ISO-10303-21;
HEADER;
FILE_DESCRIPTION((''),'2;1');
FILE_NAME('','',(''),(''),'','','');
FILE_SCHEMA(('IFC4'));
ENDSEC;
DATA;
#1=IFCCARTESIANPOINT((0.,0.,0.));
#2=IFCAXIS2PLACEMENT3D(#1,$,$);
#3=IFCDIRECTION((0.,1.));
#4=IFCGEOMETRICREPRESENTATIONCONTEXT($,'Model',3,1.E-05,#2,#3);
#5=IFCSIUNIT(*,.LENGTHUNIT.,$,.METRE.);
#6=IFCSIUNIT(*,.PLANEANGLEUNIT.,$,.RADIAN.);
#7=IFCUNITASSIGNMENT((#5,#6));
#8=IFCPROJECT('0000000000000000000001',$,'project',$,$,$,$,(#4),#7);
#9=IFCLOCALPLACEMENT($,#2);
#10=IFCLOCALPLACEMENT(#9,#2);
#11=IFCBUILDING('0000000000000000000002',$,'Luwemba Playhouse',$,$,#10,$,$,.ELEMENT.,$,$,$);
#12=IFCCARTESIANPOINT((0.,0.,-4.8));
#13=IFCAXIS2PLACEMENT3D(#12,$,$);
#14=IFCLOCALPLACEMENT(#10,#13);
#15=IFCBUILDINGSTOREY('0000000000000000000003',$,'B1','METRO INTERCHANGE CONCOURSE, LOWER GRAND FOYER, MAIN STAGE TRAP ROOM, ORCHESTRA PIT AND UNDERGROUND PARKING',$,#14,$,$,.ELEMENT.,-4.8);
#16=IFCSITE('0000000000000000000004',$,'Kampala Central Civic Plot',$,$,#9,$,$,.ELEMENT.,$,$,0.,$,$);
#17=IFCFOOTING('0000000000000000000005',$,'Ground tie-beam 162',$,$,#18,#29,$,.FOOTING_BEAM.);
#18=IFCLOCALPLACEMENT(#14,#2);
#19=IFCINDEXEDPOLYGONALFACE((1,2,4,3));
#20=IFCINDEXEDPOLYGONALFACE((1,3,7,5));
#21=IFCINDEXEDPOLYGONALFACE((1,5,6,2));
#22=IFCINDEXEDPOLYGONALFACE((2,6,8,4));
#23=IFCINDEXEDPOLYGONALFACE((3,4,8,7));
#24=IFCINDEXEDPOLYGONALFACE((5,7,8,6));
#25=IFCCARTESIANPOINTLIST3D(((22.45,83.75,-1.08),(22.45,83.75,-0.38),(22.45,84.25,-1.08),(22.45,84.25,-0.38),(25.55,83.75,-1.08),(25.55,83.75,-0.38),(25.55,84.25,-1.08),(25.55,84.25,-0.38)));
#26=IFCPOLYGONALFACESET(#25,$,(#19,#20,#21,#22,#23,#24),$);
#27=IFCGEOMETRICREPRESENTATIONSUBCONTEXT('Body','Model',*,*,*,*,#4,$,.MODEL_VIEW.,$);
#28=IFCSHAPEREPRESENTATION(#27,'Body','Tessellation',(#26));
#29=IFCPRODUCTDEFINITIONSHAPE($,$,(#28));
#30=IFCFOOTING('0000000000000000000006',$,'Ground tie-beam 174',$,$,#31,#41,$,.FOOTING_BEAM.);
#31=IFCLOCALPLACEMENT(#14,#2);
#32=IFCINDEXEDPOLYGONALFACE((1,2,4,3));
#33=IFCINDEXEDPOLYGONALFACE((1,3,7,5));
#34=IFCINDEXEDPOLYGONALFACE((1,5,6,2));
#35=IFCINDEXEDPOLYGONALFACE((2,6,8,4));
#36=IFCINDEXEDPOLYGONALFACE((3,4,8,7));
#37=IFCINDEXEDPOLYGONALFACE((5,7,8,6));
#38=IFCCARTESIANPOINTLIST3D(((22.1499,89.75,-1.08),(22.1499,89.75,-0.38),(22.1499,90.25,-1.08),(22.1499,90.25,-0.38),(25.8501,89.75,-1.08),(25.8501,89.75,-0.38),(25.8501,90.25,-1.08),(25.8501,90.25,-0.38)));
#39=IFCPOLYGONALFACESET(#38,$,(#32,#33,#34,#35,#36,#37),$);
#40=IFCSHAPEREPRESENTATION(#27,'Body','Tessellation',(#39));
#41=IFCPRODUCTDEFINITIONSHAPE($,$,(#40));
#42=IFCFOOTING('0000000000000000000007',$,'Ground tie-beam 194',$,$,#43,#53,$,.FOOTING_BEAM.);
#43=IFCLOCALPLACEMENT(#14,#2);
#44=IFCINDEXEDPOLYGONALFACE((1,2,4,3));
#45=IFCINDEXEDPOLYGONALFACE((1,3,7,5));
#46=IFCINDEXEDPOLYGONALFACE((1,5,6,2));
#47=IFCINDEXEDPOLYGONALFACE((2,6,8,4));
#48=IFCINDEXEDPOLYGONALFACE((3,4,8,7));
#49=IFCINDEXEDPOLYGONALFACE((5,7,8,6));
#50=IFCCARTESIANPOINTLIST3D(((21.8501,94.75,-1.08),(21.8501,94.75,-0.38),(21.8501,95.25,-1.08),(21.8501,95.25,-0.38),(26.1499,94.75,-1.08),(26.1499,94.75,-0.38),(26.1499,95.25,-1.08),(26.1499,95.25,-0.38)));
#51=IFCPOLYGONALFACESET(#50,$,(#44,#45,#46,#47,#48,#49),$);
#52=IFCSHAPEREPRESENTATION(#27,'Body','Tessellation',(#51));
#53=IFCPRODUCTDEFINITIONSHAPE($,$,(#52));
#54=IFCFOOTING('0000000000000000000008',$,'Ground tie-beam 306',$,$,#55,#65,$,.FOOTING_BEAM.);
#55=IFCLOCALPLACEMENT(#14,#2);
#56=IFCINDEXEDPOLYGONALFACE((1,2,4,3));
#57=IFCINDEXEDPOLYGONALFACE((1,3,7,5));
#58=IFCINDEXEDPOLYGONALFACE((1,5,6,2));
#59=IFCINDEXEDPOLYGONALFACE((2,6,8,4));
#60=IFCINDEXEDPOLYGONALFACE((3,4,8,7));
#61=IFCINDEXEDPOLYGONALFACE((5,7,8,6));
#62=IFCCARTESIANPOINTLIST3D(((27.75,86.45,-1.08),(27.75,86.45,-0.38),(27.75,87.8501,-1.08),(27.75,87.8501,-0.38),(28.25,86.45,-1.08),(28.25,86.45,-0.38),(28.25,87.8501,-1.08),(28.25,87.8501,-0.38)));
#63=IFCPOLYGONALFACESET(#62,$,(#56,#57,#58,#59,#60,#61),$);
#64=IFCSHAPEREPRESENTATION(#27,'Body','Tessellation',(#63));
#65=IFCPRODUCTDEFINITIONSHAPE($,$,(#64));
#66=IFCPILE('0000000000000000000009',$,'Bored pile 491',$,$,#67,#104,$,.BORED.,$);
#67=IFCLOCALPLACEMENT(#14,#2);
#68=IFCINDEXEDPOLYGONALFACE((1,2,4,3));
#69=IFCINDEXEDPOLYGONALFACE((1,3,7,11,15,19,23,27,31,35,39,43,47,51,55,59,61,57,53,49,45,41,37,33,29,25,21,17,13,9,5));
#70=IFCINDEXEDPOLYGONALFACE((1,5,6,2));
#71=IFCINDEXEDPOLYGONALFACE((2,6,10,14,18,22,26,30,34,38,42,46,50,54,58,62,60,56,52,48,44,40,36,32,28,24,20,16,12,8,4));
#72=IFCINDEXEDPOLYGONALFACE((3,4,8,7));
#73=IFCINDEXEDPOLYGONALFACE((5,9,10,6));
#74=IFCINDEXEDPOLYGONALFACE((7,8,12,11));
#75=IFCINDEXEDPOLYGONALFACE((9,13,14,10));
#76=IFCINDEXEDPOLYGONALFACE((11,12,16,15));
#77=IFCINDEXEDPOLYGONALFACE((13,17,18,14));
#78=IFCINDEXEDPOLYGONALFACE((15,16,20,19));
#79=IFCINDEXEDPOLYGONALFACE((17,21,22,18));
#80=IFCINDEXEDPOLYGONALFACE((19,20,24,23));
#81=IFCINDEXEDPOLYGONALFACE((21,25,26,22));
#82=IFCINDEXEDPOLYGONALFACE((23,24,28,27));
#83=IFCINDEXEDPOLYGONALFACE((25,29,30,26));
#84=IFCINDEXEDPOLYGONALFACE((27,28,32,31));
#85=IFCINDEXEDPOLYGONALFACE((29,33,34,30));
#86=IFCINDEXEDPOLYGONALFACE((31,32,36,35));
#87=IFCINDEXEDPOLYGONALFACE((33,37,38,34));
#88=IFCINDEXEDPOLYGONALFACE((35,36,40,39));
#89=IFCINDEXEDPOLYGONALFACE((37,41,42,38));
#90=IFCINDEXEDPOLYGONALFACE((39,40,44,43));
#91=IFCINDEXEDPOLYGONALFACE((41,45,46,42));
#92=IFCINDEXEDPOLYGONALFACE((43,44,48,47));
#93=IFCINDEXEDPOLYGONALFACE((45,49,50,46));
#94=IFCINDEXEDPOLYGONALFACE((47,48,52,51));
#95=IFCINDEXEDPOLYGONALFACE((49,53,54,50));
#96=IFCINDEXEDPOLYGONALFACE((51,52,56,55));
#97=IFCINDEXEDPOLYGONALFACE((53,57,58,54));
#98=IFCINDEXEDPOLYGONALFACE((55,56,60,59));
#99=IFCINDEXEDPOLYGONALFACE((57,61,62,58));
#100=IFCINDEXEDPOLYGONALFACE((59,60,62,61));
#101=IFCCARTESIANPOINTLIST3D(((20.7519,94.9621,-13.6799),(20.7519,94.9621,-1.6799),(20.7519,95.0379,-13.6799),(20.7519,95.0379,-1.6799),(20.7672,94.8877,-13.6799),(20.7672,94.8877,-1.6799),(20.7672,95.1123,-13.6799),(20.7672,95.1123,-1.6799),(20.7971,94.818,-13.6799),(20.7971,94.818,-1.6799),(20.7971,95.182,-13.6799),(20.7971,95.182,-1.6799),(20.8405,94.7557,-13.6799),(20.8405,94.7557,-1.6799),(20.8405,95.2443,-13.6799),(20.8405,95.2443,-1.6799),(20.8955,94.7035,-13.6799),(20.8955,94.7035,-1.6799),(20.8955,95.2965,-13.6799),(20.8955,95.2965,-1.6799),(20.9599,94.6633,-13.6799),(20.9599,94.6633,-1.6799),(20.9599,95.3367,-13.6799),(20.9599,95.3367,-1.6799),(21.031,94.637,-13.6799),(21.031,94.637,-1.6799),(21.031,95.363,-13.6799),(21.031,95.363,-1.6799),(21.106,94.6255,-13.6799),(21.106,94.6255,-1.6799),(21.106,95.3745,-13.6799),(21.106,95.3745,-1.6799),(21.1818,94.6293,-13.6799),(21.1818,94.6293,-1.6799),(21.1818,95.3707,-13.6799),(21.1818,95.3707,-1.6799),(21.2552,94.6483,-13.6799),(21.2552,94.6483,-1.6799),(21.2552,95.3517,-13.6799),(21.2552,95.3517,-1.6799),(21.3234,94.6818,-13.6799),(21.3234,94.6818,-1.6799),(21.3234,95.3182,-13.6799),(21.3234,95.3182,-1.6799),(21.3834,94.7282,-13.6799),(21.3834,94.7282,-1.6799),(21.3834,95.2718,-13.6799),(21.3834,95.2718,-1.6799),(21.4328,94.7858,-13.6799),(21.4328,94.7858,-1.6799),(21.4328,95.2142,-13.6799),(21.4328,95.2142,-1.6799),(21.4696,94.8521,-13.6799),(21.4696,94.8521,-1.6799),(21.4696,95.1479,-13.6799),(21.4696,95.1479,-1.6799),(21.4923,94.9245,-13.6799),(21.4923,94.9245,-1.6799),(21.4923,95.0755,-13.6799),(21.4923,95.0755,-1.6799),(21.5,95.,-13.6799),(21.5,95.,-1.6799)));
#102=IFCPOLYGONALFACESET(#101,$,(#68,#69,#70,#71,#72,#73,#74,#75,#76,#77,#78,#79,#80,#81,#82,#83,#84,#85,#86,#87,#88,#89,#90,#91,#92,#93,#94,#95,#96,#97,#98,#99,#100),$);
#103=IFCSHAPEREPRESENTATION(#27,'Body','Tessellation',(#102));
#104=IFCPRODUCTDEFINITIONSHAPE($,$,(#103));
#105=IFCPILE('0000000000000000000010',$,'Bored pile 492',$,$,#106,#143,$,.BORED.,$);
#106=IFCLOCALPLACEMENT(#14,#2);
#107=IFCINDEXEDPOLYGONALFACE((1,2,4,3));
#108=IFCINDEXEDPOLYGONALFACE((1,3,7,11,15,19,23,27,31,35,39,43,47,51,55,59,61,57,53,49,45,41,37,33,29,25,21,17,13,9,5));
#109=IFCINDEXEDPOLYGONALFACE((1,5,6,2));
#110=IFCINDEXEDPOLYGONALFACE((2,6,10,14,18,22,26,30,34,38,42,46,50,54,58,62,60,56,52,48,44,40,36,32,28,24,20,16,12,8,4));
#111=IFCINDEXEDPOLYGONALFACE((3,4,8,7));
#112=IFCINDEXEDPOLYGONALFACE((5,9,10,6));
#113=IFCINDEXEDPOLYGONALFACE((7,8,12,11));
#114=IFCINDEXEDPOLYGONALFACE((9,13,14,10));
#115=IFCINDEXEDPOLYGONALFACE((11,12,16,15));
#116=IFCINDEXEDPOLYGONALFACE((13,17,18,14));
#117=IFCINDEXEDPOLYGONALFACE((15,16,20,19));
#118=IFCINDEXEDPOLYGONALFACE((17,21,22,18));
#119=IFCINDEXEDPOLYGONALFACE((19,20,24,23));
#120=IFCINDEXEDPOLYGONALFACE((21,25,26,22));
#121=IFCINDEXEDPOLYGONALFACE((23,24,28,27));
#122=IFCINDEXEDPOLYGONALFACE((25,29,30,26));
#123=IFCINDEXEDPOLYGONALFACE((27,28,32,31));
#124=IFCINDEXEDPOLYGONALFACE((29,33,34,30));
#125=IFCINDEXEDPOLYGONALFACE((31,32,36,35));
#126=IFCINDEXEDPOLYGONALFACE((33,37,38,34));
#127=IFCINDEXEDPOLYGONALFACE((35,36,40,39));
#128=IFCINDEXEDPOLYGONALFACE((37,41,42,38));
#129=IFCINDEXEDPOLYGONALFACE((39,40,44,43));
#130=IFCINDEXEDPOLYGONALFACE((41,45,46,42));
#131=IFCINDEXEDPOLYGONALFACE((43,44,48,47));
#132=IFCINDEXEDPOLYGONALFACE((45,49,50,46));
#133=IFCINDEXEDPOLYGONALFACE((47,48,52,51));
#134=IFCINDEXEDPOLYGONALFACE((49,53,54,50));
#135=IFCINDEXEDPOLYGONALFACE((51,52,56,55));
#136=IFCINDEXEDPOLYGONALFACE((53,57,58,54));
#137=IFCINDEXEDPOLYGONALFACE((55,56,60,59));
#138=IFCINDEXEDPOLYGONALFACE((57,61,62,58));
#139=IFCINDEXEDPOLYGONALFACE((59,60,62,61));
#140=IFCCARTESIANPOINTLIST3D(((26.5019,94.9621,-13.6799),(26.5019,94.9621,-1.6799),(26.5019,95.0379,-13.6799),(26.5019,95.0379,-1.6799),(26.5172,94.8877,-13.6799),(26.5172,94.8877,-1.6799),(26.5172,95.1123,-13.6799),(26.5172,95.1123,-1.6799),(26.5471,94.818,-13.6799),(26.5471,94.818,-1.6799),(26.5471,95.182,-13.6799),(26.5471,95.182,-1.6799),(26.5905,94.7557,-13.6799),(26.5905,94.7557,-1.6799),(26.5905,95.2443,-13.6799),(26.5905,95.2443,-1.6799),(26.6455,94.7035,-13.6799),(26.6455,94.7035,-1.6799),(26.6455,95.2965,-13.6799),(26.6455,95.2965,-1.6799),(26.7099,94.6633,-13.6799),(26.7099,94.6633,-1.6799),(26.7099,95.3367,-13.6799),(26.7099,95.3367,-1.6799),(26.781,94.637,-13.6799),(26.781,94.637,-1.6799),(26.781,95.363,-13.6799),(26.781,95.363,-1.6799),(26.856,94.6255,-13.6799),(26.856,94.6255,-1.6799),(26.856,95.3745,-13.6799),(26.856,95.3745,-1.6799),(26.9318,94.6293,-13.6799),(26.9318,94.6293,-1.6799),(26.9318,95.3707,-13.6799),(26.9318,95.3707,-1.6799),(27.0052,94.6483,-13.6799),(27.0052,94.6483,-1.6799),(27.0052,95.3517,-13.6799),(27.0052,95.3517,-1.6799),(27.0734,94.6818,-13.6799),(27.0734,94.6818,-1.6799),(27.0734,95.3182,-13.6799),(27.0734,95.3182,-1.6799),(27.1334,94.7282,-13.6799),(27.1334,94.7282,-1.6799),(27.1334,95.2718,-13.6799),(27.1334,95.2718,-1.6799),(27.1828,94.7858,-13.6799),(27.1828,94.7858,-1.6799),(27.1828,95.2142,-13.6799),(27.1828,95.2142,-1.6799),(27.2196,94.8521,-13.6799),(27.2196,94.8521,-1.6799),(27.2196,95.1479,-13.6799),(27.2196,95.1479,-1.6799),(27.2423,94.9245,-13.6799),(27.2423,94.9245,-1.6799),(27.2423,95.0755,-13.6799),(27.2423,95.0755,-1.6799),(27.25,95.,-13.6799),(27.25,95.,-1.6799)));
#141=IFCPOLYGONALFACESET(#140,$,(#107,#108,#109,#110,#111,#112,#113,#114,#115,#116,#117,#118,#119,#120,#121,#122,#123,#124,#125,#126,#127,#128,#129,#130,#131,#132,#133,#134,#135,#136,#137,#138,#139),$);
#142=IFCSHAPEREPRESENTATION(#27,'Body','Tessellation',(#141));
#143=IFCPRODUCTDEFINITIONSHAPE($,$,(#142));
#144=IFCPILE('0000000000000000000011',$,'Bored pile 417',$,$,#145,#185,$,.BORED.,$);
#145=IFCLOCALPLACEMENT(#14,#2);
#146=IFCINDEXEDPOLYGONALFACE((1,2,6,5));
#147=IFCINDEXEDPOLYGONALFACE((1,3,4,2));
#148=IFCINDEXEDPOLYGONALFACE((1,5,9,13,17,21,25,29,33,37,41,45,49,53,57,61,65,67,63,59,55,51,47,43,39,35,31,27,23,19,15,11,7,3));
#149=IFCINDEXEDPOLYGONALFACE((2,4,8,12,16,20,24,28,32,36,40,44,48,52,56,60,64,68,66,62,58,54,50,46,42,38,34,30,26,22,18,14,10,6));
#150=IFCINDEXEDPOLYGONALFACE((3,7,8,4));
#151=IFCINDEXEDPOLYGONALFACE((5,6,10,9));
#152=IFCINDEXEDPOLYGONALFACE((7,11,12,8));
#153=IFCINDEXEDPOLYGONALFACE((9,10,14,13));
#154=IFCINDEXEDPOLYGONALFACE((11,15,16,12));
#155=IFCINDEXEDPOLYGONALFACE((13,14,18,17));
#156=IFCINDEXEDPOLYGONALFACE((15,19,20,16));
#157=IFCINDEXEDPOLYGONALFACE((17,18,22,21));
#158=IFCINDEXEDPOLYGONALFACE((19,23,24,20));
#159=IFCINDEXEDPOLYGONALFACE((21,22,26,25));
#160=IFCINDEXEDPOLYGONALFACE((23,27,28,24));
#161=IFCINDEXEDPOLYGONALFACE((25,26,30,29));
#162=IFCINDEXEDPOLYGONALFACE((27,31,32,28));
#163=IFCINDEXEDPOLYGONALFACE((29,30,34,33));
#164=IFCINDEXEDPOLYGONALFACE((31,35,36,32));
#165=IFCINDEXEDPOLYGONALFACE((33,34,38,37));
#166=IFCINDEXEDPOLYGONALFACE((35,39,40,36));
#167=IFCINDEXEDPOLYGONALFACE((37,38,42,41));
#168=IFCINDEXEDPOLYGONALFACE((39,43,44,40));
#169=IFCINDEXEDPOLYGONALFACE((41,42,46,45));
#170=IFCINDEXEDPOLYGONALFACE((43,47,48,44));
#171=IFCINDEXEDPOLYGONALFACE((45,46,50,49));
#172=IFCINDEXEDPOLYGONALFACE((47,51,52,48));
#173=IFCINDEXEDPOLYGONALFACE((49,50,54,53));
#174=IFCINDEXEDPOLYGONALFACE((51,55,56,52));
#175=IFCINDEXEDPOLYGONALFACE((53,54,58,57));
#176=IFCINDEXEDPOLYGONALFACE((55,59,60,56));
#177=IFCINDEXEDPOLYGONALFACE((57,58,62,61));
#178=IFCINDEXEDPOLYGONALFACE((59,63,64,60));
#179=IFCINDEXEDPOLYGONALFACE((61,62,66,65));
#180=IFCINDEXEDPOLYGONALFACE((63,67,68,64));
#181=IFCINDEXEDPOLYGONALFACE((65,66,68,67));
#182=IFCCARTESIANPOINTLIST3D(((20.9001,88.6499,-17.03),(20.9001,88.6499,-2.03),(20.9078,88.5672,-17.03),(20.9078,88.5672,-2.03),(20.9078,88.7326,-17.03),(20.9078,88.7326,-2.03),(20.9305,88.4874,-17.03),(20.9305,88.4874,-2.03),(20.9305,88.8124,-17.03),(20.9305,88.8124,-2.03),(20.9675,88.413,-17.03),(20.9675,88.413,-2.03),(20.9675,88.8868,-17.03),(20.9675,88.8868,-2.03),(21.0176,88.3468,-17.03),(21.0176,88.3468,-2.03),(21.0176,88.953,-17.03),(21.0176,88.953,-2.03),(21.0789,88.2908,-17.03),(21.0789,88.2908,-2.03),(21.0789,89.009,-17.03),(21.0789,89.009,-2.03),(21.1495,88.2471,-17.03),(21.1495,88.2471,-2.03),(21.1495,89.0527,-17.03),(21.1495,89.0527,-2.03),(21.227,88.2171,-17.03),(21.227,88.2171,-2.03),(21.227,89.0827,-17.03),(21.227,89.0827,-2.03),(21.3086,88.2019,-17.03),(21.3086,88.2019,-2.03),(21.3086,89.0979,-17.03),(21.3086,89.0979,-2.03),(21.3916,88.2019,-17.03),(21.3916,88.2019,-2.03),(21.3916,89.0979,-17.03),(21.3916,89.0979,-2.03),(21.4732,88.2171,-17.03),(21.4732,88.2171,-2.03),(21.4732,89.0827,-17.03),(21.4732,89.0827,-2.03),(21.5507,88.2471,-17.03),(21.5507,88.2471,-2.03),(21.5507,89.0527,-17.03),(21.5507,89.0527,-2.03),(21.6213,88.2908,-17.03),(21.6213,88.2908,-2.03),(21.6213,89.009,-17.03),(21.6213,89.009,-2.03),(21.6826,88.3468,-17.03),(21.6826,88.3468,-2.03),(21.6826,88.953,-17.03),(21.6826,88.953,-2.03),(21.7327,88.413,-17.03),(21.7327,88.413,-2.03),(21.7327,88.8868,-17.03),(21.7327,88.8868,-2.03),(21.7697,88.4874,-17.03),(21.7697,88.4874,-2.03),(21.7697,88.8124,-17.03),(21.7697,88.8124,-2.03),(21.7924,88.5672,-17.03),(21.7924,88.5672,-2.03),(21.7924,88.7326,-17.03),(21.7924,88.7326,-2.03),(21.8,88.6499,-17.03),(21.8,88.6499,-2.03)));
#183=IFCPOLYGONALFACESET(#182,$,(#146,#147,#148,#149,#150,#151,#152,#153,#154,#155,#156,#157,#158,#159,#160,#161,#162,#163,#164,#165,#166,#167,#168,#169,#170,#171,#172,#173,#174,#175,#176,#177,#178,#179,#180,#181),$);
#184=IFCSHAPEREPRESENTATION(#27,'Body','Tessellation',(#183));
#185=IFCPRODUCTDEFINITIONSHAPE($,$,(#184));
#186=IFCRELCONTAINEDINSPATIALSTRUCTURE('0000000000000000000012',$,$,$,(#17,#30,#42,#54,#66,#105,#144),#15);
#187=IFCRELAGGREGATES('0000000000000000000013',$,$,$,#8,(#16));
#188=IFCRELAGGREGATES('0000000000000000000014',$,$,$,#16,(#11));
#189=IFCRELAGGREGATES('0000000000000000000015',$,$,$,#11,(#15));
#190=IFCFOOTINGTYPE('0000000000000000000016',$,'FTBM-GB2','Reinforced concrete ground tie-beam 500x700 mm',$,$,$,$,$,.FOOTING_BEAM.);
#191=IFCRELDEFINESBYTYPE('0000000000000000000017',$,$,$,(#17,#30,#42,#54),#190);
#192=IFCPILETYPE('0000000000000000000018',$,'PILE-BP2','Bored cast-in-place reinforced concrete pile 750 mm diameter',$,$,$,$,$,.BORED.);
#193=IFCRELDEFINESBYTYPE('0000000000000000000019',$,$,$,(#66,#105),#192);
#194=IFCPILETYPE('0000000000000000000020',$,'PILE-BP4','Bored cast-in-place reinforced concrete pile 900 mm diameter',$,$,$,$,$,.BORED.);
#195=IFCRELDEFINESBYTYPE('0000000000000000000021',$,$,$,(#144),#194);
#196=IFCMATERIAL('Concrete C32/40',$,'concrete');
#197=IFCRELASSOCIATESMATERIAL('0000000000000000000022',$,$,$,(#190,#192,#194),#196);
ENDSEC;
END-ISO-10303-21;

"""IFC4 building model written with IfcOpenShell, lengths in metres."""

from ifc_helpers import new_model, si_unit, direction, frame, origin, origin_2d, place, context, subcontext, project, spatial, rectangle, circle, extrude, material, material_profile, profile_set, type_object, element, save


model = new_model("IFC4")

# Units and contexts
model_context = context("Model", 3, precision=1e-05, world=origin(), true_north=direction((0.0, 1.0)))
body_context = subcontext(model_context, "Body", "Model", "MODEL_VIEW")
ifc_project = project(units=[si_unit("LENGTHUNIT", "METRE"), si_unit("PLANEANGLEUNIT", "RADIAN")], contexts=[model_context])

# Site, building, storey
site_placement = place(None, origin())
site = spatial("IfcSite", under=ifc_project, at=site_placement, Name="Kampala Central Civic Plot", CompositionType="ELEMENT", RefElevation=0.0)
building_placement = place(site_placement, origin())
building = spatial("IfcBuilding", under=site, at=building_placement, Name="Luwemba Playhouse", CompositionType="ELEMENT")
storey_placement = place(building_placement, frame((0.0, 0.0, -4.8)))
storey = spatial("IfcBuildingStorey", under=building, at=storey_placement, Name="B1", Description="METRO INTERCHANGE CONCOURSE, LOWER GRAND FOYER, MAIN STAGE TRAP ROOM, ORCHESTRA PIT AND UNDERGROUND PARKING", CompositionType="ELEMENT", Elevation=-4.8)

# Footings
ifc_material_1 = material(Name="Concrete C32/40", Category="concrete")
ifc_material_profile_1 = material_profile(ifc_material_1, rectangle(XDim=0.5, YDim=0.7, at=origin_2d()))
ifc_profile_set_1 = profile_set([ifc_material_profile_1], Name="Concrete C32/40")
footing_type = type_object("IfcFootingType", Name="FTBM-GB2", Description="Reinforced concrete ground tie-beam 500x700 mm", PredefinedType="FOOTING_BEAM", material=ifc_profile_set_1)
footing_1_placement = place(storey_placement, frame((22.45, 84.0, -0.73), z_axis=(1.0, 0.0, 0.0), x_axis=(0.0, 1.0, 0.0)))
element("IfcFooting", 1, at=footing_1_placement, inside=storey, type_object=footing_type, Name="Ground tie-beam 162", PredefinedType="FOOTING_BEAM", context=body_context, shape_type="SweptSolid", body=[
    extrude(rectangle(XDim=0.5, YDim=0.7, at=origin_2d()), origin(), (0.0, 0.0, 1.0), 3.1001),
])
footing_2_placement = place(storey_placement, frame((22.1499, 90.0, -0.73), z_axis=(1.0, 0.0, 0.0), x_axis=(0.0, 1.0, 0.0)))
element("IfcFooting", 2, at=footing_2_placement, inside=storey, type_object=footing_type, Name="Ground tie-beam 174", PredefinedType="FOOTING_BEAM", context=body_context, shape_type="SweptSolid", body=[
    extrude(rectangle(XDim=0.5, YDim=0.7, at=origin_2d()), origin(), (0.0, 0.0, 1.0), 3.7002),
])
footing_3_placement = place(storey_placement, frame((21.8501, 95.0, -0.73), z_axis=(1.0, 0.0, 0.0), x_axis=(0.0, 1.0, 0.0)))
element("IfcFooting", 3, at=footing_3_placement, inside=storey, type_object=footing_type, Name="Ground tie-beam 194", PredefinedType="FOOTING_BEAM", context=body_context, shape_type="SweptSolid", body=[
    extrude(rectangle(XDim=0.5, YDim=0.7, at=origin_2d()), origin(), (0.0, 0.0, 1.0), 4.2998),
])
footing_4_placement = place(storey_placement, frame((28.0, 86.45, -0.73), z_axis=(0.0, 1.0, 0.0), x_axis=(-1.0, 0.0, 0.0)))
element("IfcFooting", 4, at=footing_4_placement, inside=storey, type_object=footing_type, Name="Ground tie-beam 306", PredefinedType="FOOTING_BEAM", context=body_context, shape_type="SweptSolid", body=[
    extrude(rectangle(XDim=0.5, YDim=0.7, at=origin_2d()), origin(), (0.0, 0.0, 1.0), 1.4001),
])

# Piles
ifc_material_profile_2 = material_profile(ifc_material_1, circle(Radius=0.375, at=origin_2d()))
ifc_profile_set_2 = profile_set([ifc_material_profile_2], Name="Concrete C32/40")
pile_type_1 = type_object("IfcPileType", Name="PILE-BP2", Description="Bored cast-in-place reinforced concrete pile 750 mm diameter", PredefinedType="BORED", material=ifc_profile_set_2)
for number, where, z_axis, x_axis, name in (
    (5, (21.125, 95.0, -1.6799), (0.0, 0.0, -1.0), (1.0, 0.0, 0.0), "Bored pile 491"),
    (6, (26.875, 95.0, -1.6799), (0.0, 0.0, -1.0), (1.0, 0.0, 0.0), "Bored pile 492"),
):
    element("IfcPile", number, at=place(storey_placement, frame(where, z_axis=z_axis, x_axis=x_axis)), inside=storey, type_object=pile_type_1, Name=name, PredefinedType="BORED", context=body_context, shape_type="SweptSolid", body=[
        extrude(circle(Radius=0.375, at=origin_2d()), origin(), (0.0, 0.0, 1.0), 12.0),
    ])
ifc_material_profile_3 = material_profile(ifc_material_1, circle(Radius=0.45, at=origin_2d()))
ifc_profile_set_3 = profile_set([ifc_material_profile_3], Name="Concrete C32/40")
pile_type_2 = type_object("IfcPileType", Name="PILE-BP4", Description="Bored cast-in-place reinforced concrete pile 900 mm diameter", PredefinedType="BORED", material=ifc_profile_set_3)
for number, where, z_axis, x_axis, name in (
    (7, (21.3501, 88.6499, -2.03), (0.0, 0.0, -1.0), (1.0, 0.0, 0.0), "Bored pile 417"),
):
    element("IfcPile", number, at=place(storey_placement, frame(where, z_axis=z_axis, x_axis=x_axis)), inside=storey, type_object=pile_type_2, Name=name, PredefinedType="BORED", context=body_context, shape_type="SweptSolid", body=[
        extrude(circle(Radius=0.45, at=origin_2d()), origin(), (0.0, 0.0, 1.0), 15.0),
    ])

save(model, "model.ifc")
